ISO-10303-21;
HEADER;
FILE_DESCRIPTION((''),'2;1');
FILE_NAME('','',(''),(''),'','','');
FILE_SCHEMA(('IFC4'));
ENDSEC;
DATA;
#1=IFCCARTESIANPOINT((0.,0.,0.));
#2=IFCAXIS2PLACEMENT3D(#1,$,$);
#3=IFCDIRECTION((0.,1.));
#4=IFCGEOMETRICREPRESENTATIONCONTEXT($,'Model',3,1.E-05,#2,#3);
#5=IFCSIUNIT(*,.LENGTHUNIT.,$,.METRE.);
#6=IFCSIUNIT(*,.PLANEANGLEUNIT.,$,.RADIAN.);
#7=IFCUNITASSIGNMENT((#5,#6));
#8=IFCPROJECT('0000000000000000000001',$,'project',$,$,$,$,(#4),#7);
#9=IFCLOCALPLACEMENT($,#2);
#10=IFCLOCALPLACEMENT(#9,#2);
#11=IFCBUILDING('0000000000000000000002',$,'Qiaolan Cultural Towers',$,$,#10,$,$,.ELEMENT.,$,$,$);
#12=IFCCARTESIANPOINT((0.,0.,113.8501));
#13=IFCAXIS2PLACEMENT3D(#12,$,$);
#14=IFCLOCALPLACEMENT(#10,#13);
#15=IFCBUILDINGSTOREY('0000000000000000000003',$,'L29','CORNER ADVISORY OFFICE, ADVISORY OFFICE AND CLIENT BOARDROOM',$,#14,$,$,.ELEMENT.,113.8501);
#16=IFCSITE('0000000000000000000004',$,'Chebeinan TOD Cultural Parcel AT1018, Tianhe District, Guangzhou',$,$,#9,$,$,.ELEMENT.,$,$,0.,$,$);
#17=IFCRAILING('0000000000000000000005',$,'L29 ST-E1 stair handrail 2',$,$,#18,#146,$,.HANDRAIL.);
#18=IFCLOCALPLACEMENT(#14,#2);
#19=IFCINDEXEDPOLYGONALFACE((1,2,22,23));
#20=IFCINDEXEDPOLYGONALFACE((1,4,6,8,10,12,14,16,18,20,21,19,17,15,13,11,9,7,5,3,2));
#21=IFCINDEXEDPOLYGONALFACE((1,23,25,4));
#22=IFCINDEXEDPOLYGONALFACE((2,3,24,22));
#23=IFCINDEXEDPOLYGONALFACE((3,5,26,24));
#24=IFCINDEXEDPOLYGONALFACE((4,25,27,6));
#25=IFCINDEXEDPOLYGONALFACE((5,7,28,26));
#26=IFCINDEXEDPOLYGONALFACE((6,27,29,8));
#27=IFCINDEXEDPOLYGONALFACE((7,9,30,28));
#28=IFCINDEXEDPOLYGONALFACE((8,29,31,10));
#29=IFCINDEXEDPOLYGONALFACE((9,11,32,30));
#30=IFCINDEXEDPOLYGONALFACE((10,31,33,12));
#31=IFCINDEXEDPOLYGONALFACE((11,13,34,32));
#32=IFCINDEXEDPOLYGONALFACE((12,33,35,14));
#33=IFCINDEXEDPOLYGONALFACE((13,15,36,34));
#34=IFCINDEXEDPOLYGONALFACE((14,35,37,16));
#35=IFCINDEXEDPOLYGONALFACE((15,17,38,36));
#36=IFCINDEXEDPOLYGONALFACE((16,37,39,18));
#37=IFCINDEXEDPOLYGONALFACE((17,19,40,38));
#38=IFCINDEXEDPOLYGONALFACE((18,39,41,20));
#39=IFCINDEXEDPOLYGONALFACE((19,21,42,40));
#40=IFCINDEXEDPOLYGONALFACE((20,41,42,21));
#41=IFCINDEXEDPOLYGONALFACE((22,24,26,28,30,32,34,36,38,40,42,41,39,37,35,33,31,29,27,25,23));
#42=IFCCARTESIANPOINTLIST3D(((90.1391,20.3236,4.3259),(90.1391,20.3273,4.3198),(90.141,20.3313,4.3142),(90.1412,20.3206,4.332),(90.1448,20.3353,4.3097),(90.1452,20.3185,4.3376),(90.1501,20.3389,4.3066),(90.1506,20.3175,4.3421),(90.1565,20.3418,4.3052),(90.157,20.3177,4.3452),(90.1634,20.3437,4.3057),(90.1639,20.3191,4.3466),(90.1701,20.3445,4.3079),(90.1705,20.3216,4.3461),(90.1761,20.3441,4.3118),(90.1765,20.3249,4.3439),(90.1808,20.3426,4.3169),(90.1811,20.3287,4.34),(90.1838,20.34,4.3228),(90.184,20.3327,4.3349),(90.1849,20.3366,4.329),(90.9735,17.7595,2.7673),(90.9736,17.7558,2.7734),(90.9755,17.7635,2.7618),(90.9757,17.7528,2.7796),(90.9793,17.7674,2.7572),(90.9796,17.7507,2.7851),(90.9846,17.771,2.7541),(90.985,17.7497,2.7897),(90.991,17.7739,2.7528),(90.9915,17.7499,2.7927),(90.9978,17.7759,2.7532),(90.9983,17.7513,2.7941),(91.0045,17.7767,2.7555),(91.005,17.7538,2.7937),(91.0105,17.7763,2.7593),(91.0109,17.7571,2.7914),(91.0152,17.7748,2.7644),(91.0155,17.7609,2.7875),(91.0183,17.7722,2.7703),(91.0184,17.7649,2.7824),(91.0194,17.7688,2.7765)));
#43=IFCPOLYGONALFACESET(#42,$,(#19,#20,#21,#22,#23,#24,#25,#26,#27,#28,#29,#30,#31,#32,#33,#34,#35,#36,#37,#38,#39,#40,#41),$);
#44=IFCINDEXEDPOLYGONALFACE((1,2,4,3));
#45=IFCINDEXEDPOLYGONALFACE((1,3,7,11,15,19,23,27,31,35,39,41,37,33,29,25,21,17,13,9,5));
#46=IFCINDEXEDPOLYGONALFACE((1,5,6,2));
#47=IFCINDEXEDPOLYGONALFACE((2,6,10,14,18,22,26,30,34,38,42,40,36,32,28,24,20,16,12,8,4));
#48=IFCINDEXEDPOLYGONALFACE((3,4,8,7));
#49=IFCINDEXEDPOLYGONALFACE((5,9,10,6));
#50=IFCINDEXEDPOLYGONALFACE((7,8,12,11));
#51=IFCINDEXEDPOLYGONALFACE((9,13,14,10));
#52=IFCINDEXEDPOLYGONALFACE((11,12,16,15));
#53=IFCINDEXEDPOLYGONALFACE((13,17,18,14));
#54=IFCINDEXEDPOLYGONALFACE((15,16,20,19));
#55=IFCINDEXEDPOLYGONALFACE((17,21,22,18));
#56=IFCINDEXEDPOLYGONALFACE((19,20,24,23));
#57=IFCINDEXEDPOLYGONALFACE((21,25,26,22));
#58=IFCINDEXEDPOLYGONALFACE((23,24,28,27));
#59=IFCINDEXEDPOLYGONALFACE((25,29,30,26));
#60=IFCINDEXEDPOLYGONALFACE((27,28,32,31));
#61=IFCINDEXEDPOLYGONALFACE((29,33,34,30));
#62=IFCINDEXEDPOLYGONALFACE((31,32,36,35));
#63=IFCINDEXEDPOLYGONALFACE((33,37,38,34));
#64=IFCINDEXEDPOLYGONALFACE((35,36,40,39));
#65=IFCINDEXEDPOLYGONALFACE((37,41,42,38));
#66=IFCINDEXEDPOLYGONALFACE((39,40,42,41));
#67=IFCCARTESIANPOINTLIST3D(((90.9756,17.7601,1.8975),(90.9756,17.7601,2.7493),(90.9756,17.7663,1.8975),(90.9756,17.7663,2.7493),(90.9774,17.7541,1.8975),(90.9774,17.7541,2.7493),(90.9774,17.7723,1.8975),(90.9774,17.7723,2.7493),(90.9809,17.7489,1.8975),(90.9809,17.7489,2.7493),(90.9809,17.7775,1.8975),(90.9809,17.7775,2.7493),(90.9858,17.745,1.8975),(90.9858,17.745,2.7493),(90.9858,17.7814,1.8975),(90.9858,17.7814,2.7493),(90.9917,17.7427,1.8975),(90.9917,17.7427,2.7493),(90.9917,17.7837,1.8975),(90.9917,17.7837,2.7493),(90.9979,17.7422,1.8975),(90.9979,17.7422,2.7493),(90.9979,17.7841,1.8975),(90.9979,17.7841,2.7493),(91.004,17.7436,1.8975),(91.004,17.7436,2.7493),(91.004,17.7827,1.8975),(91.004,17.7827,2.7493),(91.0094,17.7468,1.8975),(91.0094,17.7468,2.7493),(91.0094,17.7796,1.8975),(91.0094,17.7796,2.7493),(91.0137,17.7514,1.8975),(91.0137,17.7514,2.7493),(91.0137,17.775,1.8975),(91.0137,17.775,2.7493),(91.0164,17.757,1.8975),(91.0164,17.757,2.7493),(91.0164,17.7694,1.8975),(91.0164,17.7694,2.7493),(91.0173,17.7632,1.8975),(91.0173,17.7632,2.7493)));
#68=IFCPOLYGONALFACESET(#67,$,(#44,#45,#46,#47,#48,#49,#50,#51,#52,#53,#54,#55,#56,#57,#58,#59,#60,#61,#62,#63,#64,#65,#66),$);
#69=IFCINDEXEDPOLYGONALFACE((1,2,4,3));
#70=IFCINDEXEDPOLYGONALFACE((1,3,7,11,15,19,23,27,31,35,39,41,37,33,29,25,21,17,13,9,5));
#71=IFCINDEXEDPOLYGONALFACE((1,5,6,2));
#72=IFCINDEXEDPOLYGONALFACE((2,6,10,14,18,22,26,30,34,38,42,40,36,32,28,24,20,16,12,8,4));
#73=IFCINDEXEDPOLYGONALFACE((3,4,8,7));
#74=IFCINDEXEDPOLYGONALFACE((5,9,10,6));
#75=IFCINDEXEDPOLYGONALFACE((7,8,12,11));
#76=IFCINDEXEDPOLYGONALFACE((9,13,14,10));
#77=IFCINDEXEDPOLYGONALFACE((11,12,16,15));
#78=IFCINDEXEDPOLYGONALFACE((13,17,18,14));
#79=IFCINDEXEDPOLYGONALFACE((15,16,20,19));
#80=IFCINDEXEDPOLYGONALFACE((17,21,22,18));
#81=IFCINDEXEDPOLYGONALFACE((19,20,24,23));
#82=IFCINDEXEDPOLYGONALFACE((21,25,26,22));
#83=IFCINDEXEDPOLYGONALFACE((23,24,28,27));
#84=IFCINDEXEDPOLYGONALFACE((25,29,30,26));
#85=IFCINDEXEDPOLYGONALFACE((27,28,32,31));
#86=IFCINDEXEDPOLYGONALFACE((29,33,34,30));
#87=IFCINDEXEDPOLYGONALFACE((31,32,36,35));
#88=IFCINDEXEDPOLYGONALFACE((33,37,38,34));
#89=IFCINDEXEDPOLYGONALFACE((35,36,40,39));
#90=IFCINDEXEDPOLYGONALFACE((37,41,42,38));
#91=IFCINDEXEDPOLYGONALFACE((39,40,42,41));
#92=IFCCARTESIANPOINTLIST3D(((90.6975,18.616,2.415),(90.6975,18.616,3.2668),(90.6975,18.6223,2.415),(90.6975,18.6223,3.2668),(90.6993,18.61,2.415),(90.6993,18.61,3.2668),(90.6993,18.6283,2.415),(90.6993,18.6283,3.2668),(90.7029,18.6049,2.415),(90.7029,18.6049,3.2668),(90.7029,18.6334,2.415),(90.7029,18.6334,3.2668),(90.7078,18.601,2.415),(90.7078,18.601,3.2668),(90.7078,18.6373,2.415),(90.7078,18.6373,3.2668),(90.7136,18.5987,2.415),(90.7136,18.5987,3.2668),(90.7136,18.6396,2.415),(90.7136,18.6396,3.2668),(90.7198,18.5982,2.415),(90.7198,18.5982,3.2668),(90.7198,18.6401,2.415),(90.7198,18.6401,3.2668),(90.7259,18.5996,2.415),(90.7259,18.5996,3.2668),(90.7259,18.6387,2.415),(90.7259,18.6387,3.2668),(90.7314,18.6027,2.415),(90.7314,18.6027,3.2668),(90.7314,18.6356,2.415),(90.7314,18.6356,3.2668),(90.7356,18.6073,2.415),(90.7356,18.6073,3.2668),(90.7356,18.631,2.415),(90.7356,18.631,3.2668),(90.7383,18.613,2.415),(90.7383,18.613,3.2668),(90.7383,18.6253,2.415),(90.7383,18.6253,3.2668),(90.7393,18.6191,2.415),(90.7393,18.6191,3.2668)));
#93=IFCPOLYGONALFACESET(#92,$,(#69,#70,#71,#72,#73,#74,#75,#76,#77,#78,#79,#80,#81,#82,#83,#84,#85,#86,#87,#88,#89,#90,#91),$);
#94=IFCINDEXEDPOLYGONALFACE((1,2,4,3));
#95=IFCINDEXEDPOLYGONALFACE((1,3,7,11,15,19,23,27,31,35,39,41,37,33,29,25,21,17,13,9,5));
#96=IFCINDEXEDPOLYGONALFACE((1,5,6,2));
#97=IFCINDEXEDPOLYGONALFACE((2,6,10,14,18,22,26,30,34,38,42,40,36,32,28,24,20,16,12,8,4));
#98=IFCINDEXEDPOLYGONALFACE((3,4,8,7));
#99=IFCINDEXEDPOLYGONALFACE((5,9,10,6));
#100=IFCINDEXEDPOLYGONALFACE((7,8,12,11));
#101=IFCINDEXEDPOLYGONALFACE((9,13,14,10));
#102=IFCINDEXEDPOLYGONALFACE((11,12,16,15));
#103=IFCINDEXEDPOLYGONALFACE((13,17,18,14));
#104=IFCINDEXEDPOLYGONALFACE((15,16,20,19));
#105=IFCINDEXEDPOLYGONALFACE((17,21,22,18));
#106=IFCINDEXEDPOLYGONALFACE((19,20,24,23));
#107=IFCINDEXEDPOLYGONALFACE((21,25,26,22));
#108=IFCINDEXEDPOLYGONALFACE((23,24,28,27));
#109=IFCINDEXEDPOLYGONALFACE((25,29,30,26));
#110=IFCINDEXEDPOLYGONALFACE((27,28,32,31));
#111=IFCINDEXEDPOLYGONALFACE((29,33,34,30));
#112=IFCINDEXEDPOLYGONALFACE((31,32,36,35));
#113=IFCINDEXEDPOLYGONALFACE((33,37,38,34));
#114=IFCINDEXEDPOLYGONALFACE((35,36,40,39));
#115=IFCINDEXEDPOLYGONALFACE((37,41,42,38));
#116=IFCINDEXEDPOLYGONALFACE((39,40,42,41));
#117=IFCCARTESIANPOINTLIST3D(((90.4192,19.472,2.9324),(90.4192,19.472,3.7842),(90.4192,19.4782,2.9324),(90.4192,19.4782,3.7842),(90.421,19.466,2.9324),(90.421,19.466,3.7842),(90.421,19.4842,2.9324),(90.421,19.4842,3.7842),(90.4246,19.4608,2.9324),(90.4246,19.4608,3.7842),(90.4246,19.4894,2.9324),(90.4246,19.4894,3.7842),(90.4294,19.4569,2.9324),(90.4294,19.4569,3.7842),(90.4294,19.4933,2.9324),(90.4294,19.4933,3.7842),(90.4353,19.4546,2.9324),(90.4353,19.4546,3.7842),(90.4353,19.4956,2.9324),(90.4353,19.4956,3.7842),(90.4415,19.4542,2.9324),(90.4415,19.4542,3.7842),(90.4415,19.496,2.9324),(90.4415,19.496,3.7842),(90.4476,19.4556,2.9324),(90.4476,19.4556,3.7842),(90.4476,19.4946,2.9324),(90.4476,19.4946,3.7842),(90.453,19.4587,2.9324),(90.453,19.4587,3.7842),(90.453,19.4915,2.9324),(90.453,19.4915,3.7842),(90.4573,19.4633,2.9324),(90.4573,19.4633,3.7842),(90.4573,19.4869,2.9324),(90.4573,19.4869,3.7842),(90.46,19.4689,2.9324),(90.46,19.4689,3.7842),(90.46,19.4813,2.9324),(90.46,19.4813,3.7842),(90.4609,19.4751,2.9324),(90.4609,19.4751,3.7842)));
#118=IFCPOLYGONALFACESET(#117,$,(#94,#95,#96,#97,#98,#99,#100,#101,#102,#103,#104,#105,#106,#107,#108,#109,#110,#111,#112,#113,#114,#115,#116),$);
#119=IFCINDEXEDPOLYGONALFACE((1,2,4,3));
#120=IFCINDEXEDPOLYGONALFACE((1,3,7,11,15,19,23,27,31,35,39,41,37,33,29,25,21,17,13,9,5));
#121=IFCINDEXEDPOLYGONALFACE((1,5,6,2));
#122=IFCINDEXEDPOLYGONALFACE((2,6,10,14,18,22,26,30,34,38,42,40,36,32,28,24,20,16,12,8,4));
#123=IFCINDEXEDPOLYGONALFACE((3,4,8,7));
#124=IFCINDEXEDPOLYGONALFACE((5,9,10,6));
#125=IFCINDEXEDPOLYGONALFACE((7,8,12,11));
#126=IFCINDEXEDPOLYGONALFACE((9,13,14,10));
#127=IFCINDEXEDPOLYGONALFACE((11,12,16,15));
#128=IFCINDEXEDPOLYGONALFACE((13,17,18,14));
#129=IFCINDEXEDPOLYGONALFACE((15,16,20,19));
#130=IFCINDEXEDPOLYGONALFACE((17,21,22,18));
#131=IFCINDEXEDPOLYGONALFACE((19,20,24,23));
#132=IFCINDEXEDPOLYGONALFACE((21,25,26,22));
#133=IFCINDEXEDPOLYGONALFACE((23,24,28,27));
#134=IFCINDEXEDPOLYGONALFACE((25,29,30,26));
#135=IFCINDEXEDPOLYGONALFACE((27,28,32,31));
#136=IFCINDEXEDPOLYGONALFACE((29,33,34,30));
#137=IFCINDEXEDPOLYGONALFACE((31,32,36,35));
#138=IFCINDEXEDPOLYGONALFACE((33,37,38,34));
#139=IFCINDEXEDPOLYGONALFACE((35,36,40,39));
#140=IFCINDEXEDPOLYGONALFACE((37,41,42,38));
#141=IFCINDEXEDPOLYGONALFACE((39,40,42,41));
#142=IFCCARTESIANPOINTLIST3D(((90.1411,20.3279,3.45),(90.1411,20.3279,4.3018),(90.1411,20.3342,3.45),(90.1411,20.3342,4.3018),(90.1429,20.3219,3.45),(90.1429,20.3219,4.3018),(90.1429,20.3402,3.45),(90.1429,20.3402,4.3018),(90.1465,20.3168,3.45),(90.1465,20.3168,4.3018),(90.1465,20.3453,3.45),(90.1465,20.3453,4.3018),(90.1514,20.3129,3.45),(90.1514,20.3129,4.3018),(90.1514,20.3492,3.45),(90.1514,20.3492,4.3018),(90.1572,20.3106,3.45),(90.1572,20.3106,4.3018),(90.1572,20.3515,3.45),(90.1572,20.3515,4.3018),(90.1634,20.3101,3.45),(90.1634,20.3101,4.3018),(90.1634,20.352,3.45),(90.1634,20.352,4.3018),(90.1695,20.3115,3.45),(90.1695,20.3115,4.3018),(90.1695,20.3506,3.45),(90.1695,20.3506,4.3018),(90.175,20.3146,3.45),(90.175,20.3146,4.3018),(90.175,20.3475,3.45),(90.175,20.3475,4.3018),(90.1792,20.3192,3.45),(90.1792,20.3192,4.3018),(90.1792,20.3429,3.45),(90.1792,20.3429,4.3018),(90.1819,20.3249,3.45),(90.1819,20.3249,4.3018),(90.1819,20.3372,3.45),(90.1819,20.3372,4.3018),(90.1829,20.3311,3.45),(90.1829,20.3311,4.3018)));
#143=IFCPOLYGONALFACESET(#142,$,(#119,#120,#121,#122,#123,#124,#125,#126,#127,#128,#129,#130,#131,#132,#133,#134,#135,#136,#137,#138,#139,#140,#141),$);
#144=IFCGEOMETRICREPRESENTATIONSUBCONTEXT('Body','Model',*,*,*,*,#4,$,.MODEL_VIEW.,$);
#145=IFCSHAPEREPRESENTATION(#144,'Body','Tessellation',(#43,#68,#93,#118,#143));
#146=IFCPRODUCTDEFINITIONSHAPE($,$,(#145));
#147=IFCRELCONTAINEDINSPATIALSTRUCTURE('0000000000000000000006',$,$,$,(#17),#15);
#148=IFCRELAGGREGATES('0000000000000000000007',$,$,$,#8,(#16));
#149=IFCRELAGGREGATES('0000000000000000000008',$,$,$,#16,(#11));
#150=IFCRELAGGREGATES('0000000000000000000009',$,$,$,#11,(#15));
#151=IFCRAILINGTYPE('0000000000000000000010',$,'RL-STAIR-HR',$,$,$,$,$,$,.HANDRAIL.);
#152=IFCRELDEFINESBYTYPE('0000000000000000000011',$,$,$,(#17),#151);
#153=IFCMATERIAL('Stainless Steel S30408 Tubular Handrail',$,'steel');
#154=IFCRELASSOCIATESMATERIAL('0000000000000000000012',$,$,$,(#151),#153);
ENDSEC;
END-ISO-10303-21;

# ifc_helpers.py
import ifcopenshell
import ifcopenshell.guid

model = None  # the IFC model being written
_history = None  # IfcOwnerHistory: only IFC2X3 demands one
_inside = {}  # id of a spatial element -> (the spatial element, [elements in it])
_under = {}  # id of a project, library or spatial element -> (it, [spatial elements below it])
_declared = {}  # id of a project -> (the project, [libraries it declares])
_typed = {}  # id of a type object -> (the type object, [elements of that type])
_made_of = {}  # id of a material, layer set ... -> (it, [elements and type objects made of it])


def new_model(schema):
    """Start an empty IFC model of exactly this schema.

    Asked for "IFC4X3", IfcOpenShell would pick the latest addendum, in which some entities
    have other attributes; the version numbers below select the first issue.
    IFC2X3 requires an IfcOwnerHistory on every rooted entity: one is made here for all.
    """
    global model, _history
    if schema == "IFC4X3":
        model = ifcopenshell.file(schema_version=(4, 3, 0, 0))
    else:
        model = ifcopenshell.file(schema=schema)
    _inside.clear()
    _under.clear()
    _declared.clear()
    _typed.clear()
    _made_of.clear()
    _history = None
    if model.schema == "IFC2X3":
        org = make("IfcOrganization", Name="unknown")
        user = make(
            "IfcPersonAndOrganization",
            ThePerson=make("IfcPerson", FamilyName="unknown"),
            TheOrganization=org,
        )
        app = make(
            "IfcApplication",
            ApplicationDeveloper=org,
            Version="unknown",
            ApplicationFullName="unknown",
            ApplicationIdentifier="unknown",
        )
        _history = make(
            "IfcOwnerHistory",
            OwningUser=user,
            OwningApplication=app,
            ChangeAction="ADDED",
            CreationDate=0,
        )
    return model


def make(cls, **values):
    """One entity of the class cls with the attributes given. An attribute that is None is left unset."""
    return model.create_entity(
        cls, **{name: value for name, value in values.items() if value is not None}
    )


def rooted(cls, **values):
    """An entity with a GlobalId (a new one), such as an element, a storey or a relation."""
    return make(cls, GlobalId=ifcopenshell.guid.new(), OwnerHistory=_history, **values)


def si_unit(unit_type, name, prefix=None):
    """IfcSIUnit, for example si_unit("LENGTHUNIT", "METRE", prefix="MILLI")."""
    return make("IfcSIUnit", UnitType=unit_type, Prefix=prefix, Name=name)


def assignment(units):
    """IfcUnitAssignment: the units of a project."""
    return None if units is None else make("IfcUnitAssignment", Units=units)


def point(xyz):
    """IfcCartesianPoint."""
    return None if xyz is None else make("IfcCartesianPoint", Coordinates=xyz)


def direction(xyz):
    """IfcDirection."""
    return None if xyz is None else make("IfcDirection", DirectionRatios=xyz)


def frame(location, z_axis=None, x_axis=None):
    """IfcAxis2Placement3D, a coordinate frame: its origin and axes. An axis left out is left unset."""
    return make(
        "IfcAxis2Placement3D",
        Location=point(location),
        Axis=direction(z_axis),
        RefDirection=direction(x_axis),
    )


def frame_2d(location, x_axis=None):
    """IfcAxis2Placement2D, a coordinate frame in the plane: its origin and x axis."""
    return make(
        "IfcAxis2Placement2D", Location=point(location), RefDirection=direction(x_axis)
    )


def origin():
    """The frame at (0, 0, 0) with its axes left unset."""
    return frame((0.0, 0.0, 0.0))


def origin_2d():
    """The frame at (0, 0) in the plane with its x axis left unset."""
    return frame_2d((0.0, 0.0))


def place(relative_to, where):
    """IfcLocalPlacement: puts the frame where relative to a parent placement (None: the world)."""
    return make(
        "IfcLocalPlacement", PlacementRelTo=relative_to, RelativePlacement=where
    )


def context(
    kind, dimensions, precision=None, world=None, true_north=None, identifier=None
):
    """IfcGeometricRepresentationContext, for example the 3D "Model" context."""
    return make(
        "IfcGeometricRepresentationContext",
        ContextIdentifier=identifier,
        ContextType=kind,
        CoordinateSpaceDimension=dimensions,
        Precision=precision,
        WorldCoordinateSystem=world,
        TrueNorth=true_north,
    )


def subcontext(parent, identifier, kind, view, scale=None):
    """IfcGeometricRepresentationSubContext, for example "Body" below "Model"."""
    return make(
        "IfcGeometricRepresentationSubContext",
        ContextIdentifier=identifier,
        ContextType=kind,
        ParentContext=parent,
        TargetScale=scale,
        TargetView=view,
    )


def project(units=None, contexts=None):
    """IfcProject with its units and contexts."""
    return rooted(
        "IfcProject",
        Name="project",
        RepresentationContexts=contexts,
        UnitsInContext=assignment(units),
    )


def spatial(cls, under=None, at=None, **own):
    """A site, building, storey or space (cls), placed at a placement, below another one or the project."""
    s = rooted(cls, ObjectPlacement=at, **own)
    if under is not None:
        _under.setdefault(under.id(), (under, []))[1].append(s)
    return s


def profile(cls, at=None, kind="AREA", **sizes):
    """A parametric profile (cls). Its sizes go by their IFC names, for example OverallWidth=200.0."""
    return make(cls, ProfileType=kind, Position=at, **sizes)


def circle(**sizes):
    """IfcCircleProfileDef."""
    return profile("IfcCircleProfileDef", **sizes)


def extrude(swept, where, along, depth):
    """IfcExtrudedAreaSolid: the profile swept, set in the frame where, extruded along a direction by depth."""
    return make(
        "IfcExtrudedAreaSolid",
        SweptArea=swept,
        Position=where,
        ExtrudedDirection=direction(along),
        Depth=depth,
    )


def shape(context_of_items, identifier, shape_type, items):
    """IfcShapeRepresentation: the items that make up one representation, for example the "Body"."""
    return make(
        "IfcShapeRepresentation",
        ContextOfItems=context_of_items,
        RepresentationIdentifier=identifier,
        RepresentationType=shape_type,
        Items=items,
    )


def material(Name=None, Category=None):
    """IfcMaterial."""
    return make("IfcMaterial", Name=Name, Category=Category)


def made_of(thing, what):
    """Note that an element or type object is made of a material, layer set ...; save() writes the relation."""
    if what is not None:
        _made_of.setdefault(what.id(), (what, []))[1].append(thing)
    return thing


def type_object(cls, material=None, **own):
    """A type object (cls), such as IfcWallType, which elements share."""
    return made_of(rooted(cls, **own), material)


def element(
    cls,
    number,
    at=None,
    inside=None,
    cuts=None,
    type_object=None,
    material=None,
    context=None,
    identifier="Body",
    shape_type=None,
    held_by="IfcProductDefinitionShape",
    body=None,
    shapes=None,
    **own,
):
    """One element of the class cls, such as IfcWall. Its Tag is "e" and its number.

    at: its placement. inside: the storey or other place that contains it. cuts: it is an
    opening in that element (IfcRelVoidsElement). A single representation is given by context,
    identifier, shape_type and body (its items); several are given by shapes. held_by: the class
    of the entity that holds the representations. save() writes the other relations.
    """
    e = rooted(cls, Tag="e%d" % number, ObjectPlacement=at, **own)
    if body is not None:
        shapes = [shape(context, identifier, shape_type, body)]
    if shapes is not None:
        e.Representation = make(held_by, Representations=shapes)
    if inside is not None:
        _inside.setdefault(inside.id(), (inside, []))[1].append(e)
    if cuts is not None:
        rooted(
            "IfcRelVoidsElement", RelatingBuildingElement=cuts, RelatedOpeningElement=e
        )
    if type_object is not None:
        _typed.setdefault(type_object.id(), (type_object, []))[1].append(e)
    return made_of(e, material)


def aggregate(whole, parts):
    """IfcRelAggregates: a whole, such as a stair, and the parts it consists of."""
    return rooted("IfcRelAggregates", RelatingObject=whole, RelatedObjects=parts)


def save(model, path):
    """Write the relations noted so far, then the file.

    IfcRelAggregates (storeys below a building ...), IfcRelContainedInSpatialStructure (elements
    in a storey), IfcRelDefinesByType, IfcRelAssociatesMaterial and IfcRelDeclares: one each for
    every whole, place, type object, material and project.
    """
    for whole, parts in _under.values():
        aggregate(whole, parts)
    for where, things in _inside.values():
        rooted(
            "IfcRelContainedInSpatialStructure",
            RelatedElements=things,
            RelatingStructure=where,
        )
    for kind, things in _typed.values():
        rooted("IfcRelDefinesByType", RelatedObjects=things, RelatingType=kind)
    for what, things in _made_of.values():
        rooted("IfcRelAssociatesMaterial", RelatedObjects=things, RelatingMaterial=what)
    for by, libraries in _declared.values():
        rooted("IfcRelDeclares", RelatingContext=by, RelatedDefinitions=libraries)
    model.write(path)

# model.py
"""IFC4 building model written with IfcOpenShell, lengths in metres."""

from ifc_helpers import new_model, si_unit, direction, frame, origin, origin_2d, place, context, subcontext, project, spatial, circle, extrude, material, type_object, element, save


model = new_model("IFC4")

# Units and contexts
model_context = context("Model", 3, precision=1e-05, world=origin(), true_north=direction((0.0, 1.0)))
body_context = subcontext(model_context, "Body", "Model", "MODEL_VIEW")
ifc_project = project(units=[si_unit("LENGTHUNIT", "METRE"), si_unit("PLANEANGLEUNIT", "RADIAN")], contexts=[model_context])

# Site, building, storey
site_placement = place(None, origin())
site = spatial("IfcSite", under=ifc_project, at=site_placement, Name="Chebeinan TOD Cultural Parcel AT1018, Tianhe District, Guangzhou", CompositionType="ELEMENT", RefElevation=0.0)
building_placement = place(site_placement, origin())
building = spatial("IfcBuilding", under=site, at=building_placement, Name="Qiaolan Cultural Towers", CompositionType="ELEMENT")
storey_placement = place(building_placement, frame((0.0, 0.0, 113.8501)))
storey = spatial("IfcBuildingStorey", under=building, at=storey_placement, Name="L29", Description="CORNER ADVISORY OFFICE, ADVISORY OFFICE AND CLIENT BOARDROOM", CompositionType="ELEMENT", Elevation=113.8501)

# Railing
ifc_material_1 = material(Name="Stainless Steel S30408 Tubular Handrail", Category="steel")
railing_type_1 = type_object("IfcRailingType", Name="RL-STAIR-HR", PredefinedType="HANDRAIL", material=ifc_material_1)
railing_1_placement = place(storey_placement, frame((90.9963, 17.7632, 1.8975)))
element("IfcRailing", 1, at=railing_1_placement, inside=storey, type_object=railing_type_1, Name="L29 ST-E1 stair handrail 2", PredefinedType="HANDRAIL", context=body_context, shape_type="SweptSolid", body=[
    extrude(circle(Radius=0.0239, at=origin_2d()), frame((0.0, 0.0, 0.876), z_axis=(-0.267926, 0.824471, 0.498461), x_axis=(-0.951043, -0.309057, 0.0)), (0.0, 0.0, 1.0), 3.1145),
    extrude(circle(Radius=0.021, at=origin_2d()), origin(), (0.0, 0.0, 1.0), 0.8518),
    extrude(circle(Radius=0.021, at=origin_2d()), frame((-0.2781, 0.856, 0.5176)), (0.0, 0.0, 1.0), 0.8518),
    extrude(circle(Radius=0.021, at=origin_2d()), frame((-0.5564, 1.7119, 1.0349)), (0.0, 0.0, 1.0), 0.8518),
    extrude(circle(Radius=0.021, at=origin_2d()), frame((-0.8345, 2.5679, 1.5525)), (0.0, 0.0, 1.0), 0.8518),
])

save(model, "model.ifc")
